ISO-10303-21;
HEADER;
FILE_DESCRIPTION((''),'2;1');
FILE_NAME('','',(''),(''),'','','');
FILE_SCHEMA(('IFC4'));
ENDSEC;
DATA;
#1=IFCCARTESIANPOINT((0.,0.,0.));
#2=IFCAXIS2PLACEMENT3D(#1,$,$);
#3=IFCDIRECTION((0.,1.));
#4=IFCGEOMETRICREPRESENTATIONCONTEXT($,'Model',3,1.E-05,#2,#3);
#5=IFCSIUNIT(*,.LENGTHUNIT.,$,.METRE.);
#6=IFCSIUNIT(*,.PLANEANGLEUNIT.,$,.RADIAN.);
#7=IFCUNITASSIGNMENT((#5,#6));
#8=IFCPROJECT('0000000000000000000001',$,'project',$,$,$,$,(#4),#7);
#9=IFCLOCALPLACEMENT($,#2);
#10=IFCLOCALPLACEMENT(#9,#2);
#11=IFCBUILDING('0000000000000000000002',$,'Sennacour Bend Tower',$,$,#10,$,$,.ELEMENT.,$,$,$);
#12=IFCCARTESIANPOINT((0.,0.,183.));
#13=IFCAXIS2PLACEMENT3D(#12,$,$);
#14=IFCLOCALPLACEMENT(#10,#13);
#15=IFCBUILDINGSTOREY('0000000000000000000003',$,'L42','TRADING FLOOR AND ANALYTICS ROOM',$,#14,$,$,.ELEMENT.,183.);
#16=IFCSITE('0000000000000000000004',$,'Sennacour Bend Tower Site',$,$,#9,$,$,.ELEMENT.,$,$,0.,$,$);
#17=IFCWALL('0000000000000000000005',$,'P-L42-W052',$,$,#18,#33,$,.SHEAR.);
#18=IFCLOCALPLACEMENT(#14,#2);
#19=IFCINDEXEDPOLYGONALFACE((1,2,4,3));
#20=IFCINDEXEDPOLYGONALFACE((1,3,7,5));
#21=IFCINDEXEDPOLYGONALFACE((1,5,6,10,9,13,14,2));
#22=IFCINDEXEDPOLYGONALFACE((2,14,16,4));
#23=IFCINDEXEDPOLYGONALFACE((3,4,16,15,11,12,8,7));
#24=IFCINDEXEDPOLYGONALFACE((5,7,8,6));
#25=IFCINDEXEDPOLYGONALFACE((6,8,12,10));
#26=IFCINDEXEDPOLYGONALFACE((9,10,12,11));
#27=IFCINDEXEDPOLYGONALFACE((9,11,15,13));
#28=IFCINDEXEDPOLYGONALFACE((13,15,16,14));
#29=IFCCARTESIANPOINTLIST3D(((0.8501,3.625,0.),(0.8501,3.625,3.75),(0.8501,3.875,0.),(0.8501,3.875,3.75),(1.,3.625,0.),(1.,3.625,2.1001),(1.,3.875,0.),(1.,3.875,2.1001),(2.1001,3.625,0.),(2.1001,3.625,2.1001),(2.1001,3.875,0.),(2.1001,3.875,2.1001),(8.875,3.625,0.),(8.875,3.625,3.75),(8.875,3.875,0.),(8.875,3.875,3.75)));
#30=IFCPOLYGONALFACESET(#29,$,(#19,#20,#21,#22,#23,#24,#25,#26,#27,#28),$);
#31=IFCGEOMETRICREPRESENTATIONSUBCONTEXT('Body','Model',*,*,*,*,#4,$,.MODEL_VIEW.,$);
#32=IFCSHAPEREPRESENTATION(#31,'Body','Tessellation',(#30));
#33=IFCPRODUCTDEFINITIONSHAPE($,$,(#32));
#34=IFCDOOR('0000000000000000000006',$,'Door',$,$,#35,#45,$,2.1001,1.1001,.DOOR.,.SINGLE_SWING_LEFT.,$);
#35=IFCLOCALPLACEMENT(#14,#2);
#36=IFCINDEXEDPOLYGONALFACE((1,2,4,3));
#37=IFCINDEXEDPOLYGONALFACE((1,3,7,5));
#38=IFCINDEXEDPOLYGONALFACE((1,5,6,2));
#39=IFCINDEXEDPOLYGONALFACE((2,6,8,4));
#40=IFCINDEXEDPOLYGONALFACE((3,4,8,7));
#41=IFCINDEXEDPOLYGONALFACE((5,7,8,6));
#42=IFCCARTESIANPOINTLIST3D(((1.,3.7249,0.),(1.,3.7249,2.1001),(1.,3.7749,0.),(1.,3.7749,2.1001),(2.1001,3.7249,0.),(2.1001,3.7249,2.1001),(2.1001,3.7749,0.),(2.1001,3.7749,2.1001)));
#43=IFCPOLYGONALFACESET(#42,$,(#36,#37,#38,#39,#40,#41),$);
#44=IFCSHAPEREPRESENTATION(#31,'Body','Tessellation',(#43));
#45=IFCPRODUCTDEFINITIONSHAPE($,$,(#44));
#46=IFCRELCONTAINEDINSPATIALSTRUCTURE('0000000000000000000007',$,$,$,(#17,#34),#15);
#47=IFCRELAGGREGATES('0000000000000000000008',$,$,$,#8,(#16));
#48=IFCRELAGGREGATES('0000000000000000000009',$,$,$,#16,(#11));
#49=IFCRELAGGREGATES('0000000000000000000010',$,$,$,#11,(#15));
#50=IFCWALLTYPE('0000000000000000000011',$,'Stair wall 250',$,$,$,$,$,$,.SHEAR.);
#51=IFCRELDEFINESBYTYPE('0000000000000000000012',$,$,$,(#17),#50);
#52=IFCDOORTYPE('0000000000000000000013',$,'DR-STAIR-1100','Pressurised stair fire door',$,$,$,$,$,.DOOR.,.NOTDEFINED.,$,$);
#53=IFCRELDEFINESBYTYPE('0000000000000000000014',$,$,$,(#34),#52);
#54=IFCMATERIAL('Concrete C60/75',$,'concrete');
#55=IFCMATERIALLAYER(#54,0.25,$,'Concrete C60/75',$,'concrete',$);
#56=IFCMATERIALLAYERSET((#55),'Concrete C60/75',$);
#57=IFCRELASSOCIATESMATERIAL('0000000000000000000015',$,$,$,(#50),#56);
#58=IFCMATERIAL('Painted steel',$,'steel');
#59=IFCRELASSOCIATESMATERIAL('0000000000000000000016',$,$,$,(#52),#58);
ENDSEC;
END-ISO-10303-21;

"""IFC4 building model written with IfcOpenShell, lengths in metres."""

from ifc_helpers import new_model, si_unit, direction, frame, frame_2d, origin, place, context, subcontext, project, spatial, rectangle, extrude, material, layer, layer_set, type_object, element, fill, save


model = new_model("IFC4")

# Units and contexts
model_context = context("Model", 3, precision=1e-05, world=origin(), true_north=direction((0.0, 1.0)))
body_context = subcontext(model_context, "Body", "Model", "MODEL_VIEW")
ifc_project = project(units=[si_unit("LENGTHUNIT", "METRE"), si_unit("PLANEANGLEUNIT", "RADIAN")], contexts=[model_context])

# Site, building, storey
site_placement = place(None, origin())
site = spatial("IfcSite", under=ifc_project, at=site_placement, Name="Sennacour Bend Tower Site", CompositionType="ELEMENT", RefElevation=0.0)
building_placement = place(site_placement, origin())
building = spatial("IfcBuilding", under=site, at=building_placement, Name="Sennacour Bend Tower", CompositionType="ELEMENT")
storey_placement = place(building_placement, frame((0.0, 0.0, 183.0)))
storey = spatial("IfcBuildingStorey", under=building, at=storey_placement, Name="L42", Description="TRADING FLOOR AND ANALYTICS ROOM", CompositionType="ELEMENT", Elevation=183.0)

# Shared definitions
ifc_material_1 = material(Name="Painted steel", Category="steel")

# Wall, opening, door
ifc_material_2 = material(Name="Concrete C60/75", Category="concrete")
ifc_layer_1 = layer(ifc_material_2, 0.25, Name="Concrete C60/75", Category="concrete")
ifc_layer_set_1 = layer_set([ifc_layer_1], Name="Concrete C60/75")
wall_type_1 = type_object("IfcWallType", Name="Stair wall 250", PredefinedType="SHEAR", material=ifc_layer_set_1)
wall_1_placement = place(storey_placement, frame((0.8501, 3.75, 0.0), z_axis=(0.0, 0.0, 1.0), x_axis=(1.0, 0.0, 0.0)))
wall_1 = element("IfcWall", 1, at=wall_1_placement, inside=storey, type_object=wall_type_1, Name="P-L42-W052", PredefinedType="SHEAR", context=body_context, shape_type="SweptSolid", body=[
    extrude(rectangle(XDim=8.0249, YDim=0.25, at=frame_2d((4.0125, 0.0))), origin(), (0.0, 0.0, 1.0), 3.75),
])
opening_1_placement = place(wall_1_placement, frame((0.1499, 0.0, 0.0)))
opening_1 = element("IfcOpeningElement", 2, at=opening_1_placement, cuts=wall_1, PredefinedType="OPENING", context=body_context, shape_type="SweptSolid", body=[
    extrude(rectangle(XDim=1.1001, YDim=2.1001, at=frame_2d((0.55, 1.05))), frame((0.0, 0.135, 0.0), z_axis=(0.0, -1.0, 0.0), x_axis=(1.0, 0.0, 0.0)), (0.0, 0.0, 1.0), 0.27),
])
door_type_1 = type_object("IfcDoorType", Name="DR-STAIR-1100", Description="Pressurised stair fire door", OperationType="NOTDEFINED", PredefinedType="DOOR", material=ifc_material_1)
door_1_placement = place(opening_1_placement, origin())
door_1 = element("IfcDoor", 3, at=door_1_placement, inside=storey, type_object=door_type_1, Name="Door", OperationType="SINGLE_SWING_LEFT", OverallHeight=2.1001, OverallWidth=1.1001, PredefinedType="DOOR", context=body_context, shape_type="SweptSolid", body=[
    extrude(rectangle(XDim=1.1001, YDim=2.1001, at=frame_2d((0.55, 1.05))), frame((0.0, 0.0249, 0.0), z_axis=(0.0, -1.0, 0.0), x_axis=(1.0, 0.0, 0.0)), (0.0, 0.0, 1.0), 0.05),
])
fill(opening_1, door_1)

save(model, "model.ifc")
